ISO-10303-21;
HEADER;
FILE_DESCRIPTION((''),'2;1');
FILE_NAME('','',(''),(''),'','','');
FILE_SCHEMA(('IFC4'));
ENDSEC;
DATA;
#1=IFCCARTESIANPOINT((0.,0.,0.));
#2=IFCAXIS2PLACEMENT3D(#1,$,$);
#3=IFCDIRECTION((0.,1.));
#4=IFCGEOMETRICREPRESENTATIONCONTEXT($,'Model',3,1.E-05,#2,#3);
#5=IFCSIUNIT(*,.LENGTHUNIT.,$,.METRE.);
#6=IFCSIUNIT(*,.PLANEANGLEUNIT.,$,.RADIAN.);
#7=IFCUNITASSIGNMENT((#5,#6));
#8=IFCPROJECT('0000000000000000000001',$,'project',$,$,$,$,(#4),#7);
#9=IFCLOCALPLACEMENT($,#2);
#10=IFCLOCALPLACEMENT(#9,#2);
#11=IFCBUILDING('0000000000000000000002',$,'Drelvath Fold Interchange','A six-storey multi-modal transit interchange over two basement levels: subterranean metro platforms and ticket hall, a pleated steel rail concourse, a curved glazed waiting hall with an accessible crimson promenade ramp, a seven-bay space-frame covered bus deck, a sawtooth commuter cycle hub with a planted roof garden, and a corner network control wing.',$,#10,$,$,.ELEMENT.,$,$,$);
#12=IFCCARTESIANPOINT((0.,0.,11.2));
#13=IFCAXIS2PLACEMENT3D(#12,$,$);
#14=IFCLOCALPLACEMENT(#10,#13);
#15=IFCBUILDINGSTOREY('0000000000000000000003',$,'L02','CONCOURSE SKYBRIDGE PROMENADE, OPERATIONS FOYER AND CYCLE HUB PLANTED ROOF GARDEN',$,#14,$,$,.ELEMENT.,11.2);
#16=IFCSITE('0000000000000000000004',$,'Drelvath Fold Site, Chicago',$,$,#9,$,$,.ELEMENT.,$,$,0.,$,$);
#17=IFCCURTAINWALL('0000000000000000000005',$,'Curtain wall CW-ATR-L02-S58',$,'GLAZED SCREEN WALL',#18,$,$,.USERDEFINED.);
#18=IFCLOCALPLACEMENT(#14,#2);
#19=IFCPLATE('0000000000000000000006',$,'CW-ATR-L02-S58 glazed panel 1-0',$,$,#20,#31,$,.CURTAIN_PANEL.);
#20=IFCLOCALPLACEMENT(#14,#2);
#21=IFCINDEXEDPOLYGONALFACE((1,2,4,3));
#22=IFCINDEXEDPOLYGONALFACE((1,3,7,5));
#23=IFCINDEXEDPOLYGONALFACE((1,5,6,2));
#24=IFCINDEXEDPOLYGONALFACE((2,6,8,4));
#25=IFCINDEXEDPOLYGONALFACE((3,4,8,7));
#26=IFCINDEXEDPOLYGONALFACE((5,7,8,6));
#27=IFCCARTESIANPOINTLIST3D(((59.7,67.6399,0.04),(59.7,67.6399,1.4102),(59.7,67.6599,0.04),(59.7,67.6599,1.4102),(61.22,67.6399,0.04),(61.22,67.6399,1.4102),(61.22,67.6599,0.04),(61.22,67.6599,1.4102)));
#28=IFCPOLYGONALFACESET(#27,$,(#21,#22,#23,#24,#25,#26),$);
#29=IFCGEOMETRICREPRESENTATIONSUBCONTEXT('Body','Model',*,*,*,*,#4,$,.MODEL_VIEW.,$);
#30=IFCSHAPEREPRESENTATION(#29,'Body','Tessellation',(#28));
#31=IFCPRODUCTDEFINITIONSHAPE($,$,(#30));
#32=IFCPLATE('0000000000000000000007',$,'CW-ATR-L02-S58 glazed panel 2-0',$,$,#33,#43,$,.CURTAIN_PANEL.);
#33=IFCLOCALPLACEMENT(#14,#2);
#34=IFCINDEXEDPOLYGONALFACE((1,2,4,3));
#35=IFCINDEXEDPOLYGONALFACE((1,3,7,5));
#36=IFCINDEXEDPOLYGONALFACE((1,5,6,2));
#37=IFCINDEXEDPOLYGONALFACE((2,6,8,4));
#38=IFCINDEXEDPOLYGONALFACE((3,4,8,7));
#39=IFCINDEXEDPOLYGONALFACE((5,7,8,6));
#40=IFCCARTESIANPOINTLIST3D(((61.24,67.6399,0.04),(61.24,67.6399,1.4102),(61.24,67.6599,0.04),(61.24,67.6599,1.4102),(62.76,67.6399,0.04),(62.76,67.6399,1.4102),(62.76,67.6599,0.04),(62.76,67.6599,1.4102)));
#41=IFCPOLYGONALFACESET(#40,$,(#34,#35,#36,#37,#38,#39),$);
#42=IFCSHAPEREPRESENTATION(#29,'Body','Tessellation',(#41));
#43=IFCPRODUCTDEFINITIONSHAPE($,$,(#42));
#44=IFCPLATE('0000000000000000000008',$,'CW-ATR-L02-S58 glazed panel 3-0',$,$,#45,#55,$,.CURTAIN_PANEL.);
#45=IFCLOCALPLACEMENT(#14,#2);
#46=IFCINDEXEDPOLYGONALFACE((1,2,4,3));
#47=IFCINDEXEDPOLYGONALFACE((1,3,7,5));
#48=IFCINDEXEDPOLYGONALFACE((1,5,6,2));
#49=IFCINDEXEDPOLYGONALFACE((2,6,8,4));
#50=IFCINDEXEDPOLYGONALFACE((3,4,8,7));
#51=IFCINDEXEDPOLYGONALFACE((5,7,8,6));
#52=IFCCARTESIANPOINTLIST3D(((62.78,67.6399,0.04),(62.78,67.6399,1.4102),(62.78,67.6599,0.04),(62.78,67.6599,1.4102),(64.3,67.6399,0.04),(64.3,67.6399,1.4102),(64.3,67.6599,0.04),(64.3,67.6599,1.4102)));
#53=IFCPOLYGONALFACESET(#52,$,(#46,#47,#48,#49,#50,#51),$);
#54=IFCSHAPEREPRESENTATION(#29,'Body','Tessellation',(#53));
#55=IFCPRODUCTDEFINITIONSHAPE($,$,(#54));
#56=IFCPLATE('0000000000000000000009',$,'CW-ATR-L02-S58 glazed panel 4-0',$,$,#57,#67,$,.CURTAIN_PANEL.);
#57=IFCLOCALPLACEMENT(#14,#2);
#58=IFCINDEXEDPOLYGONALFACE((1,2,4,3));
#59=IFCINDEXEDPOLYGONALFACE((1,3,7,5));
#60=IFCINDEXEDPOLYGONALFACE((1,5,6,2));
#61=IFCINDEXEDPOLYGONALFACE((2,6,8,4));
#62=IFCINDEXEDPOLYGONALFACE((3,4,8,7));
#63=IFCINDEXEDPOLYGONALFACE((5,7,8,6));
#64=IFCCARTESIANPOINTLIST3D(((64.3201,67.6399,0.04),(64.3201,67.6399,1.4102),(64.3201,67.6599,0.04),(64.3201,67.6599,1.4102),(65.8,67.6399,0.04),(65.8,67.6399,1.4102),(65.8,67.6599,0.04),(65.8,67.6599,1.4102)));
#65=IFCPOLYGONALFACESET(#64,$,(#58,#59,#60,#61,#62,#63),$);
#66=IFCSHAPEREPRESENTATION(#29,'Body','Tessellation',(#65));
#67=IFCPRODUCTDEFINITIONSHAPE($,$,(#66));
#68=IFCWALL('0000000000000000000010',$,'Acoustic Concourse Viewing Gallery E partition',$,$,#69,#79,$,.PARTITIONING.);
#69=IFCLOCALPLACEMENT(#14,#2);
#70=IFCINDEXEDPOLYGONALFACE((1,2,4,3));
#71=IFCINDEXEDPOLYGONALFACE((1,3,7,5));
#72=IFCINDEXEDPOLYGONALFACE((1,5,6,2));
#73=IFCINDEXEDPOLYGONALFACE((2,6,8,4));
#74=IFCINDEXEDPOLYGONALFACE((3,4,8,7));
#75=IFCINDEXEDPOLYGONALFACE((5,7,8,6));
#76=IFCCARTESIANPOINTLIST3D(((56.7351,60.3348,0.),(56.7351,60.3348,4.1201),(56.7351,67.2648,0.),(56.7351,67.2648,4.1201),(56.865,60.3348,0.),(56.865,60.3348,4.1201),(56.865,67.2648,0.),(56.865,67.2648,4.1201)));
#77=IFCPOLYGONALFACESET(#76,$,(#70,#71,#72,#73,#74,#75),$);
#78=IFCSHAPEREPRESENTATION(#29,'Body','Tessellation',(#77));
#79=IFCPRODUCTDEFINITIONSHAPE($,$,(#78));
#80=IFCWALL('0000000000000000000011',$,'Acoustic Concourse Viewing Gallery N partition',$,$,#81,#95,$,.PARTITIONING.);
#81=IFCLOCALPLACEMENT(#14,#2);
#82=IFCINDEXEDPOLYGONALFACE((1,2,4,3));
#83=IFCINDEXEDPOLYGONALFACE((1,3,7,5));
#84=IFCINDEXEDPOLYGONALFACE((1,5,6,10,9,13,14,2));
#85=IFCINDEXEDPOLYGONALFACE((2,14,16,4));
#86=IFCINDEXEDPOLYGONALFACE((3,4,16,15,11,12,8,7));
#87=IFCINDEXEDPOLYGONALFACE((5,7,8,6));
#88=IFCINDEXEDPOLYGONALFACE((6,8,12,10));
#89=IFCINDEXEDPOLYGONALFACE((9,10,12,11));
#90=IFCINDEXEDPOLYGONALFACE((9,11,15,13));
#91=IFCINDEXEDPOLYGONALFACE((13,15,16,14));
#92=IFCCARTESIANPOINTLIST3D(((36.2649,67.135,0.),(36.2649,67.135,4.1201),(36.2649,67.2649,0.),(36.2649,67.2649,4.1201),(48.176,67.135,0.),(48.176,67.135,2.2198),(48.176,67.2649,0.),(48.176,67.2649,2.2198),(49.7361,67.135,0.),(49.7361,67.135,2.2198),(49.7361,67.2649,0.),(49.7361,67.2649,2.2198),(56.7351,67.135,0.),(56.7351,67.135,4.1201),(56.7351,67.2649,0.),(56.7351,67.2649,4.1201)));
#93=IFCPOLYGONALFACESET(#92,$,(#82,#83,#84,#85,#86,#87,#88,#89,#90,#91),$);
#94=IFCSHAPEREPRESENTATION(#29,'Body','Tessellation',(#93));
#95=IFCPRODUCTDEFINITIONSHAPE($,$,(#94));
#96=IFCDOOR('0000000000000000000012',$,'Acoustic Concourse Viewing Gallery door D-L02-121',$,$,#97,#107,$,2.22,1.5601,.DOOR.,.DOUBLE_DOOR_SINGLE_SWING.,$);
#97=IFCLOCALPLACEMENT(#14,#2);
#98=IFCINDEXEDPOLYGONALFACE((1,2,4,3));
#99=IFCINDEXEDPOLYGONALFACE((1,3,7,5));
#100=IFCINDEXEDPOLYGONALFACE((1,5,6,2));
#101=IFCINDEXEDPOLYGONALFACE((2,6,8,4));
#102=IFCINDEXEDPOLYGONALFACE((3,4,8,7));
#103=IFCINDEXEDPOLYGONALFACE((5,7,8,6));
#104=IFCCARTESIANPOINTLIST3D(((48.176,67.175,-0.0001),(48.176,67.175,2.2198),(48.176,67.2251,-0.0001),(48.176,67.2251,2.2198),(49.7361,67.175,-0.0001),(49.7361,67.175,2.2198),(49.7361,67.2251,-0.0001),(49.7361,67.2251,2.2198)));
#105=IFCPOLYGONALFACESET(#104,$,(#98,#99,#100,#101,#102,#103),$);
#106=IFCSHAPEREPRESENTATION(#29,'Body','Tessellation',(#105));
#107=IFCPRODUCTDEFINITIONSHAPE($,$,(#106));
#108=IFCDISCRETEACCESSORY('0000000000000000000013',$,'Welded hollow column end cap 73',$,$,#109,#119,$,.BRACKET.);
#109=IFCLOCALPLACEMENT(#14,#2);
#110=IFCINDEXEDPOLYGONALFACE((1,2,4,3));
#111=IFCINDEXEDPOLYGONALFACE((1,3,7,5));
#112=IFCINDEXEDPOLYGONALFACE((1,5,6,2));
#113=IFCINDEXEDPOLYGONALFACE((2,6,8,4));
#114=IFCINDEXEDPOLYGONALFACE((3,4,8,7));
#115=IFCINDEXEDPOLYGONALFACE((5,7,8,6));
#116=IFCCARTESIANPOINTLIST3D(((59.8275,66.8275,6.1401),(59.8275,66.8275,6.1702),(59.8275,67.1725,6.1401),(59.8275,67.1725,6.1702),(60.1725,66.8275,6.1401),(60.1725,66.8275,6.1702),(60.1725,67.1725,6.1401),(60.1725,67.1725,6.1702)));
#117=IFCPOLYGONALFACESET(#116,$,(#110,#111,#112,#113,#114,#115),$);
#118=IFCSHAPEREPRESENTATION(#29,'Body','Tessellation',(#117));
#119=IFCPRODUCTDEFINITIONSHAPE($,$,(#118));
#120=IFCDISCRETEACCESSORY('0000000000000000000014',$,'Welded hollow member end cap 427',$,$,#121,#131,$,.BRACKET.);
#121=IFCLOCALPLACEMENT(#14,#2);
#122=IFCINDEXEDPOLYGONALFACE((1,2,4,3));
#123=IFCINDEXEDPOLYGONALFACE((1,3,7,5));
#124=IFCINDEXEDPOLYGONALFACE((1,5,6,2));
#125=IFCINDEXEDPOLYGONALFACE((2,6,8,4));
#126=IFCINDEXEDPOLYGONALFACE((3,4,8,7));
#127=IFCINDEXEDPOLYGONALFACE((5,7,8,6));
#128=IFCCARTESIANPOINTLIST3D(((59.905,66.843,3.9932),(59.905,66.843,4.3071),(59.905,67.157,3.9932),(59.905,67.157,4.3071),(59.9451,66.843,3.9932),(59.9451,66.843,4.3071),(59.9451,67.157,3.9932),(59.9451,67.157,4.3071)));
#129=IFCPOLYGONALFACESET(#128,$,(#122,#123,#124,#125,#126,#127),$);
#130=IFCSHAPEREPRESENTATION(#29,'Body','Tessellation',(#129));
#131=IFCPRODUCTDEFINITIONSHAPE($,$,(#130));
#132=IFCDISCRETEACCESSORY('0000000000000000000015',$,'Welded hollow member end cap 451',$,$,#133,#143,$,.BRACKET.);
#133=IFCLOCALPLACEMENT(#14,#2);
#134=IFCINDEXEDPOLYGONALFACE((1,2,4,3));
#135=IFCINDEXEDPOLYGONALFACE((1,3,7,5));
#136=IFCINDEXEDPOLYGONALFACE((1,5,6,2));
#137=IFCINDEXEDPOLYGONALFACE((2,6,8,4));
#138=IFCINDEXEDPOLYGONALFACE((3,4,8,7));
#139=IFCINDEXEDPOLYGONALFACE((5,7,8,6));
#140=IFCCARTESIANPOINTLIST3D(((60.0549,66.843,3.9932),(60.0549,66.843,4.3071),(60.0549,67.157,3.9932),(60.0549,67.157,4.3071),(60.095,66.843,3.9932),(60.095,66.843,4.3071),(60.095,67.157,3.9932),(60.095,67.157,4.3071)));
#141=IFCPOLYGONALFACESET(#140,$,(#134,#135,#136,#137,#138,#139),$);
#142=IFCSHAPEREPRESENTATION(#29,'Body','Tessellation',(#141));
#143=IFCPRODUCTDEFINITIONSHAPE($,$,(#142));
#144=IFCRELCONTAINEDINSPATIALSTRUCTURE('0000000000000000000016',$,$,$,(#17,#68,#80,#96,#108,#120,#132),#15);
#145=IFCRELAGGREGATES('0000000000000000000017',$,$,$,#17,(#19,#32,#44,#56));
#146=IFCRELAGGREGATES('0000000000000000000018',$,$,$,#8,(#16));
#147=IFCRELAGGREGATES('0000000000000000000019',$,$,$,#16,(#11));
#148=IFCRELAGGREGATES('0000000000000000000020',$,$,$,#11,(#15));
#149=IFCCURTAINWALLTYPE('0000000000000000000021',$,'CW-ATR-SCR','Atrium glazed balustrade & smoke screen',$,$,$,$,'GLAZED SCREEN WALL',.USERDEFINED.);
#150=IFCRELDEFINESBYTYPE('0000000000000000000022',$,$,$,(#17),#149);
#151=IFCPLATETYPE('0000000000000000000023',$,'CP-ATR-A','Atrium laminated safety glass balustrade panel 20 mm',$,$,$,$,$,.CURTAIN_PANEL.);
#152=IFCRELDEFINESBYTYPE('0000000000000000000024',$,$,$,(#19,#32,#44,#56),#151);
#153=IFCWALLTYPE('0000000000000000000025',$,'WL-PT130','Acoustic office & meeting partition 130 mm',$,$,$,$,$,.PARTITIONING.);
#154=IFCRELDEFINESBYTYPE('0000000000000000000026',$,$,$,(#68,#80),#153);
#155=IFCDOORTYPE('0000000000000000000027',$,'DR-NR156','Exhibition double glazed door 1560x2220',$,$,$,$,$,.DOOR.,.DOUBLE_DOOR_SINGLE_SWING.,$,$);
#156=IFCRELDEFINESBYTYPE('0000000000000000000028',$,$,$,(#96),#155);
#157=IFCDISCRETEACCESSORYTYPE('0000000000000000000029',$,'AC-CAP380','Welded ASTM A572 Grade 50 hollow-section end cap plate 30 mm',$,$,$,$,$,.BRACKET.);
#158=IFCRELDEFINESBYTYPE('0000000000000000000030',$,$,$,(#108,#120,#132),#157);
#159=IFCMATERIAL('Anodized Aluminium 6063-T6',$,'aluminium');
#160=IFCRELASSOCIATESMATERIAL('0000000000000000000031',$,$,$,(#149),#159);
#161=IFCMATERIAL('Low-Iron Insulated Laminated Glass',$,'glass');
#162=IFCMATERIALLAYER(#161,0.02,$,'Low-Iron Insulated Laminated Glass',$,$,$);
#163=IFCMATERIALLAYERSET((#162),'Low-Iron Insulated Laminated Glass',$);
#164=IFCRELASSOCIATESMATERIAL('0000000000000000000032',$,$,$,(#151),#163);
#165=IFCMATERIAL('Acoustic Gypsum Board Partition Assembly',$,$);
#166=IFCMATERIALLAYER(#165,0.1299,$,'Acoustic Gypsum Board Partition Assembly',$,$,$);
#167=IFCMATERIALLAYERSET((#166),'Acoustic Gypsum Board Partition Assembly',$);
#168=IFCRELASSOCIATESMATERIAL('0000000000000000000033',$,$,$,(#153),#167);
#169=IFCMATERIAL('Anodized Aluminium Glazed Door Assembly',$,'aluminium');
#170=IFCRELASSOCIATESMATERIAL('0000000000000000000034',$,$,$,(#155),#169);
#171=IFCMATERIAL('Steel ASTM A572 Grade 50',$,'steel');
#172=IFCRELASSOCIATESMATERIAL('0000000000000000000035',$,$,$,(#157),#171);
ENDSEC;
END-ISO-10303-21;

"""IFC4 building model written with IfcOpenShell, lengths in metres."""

from ifc_helpers import new_model, si_unit, direction, frame, frame_2d, origin, origin_2d, place, context, subcontext, project, spatial, rectangle, extrude, material, layer, layer_set, type_object, element, fill, aggregate, save


model = new_model("IFC4")

# Units and contexts
model_context = context("Model", 3, precision=1e-05, world=origin(), true_north=direction((0.0, 1.0)))
body_context = subcontext(model_context, "Body", "Model", "MODEL_VIEW")
ifc_project = project(units=[si_unit("LENGTHUNIT", "METRE"), si_unit("PLANEANGLEUNIT", "RADIAN")], contexts=[model_context])

# Site, building, storey
site_placement = place(None, origin())
site = spatial("IfcSite", under=ifc_project, at=site_placement, Name="Drelvath Fold Site, Chicago", CompositionType="ELEMENT", RefElevation=0.0)
building_placement = place(site_placement, origin())
building = spatial("IfcBuilding", under=site, at=building_placement, Name="Drelvath Fold Interchange", Description="A six-storey multi-modal transit interchange over two basement levels: subterranean metro platforms and ticket hall, a pleated steel rail concourse, a curved glazed waiting hall with an accessible crimson promenade ramp, a seven-bay space-frame covered bus deck, a sawtooth commuter cycle hub with a planted roof garden, and a corner network control wing.", CompositionType="ELEMENT")
storey_placement = place(building_placement, frame((0.0, 0.0, 11.2)))
storey = spatial("IfcBuildingStorey", under=building, at=storey_placement, Name="L02", Description="CONCOURSE SKYBRIDGE PROMENADE, OPERATIONS FOYER AND CYCLE HUB PLANTED ROOF GARDEN", CompositionType="ELEMENT", Elevation=11.2)

# Curtain wall
ifc_material_1 = material(Name="Anodized Aluminium 6063-T6", Category="aluminium")
curtain_wall_type = type_object("IfcCurtainWallType", Name="CW-ATR-SCR", Description="Atrium glazed balustrade & smoke screen", ElementType="GLAZED SCREEN WALL", PredefinedType="USERDEFINED", material=ifc_material_1)
curtain_wall_1_placement = place(storey_placement, origin())
curtain_wall_1 = element("IfcCurtainWall", 1, at=curtain_wall_1_placement, inside=storey, type_object=curtain_wall_type, Name="Curtain wall CW-ATR-L02-S58", ObjectType="GLAZED SCREEN WALL", PredefinedType="USERDEFINED")

# Plates
ifc_material_2 = material(Name="Low-Iron Insulated Laminated Glass", Category="glass")
ifc_layer_1 = layer(ifc_material_2, 0.02, Name="Low-Iron Insulated Laminated Glass")
ifc_layer_set_1 = layer_set([ifc_layer_1], Name="Low-Iron Insulated Laminated Glass")
plate_type = type_object("IfcPlateType", Name="CP-ATR-A", Description="Atrium laminated safety glass balustrade panel 20 mm", PredefinedType="CURTAIN_PANEL", material=ifc_layer_set_1)
plate_1_placement = place(storey_placement, frame((60.46, 67.6499, 0.04), z_axis=(0.0, 0.0, 1.0), x_axis=(1.0, 0.0, 0.0)))
plate_1 = element("IfcPlate", 2, at=plate_1_placement, type_object=plate_type, Name="CW-ATR-L02-S58 glazed panel 1-0", PredefinedType="CURTAIN_PANEL", context=body_context, shape_type="SweptSolid", body=[
    extrude(rectangle(XDim=1.52, YDim=0.02, at=origin_2d()), origin(), (0.0, 0.0, 1.0), 1.3701),
])
plate_2_placement = place(storey_placement, frame((62.0, 67.6499, 0.04), z_axis=(0.0, 0.0, 1.0), x_axis=(1.0, 0.0, 0.0)))
plate_2 = element("IfcPlate", 3, at=plate_2_placement, type_object=plate_type, Name="CW-ATR-L02-S58 glazed panel 2-0", PredefinedType="CURTAIN_PANEL", context=body_context, shape_type="SweptSolid", body=[
    extrude(rectangle(XDim=1.52, YDim=0.02, at=origin_2d()), origin(), (0.0, 0.0, 1.0), 1.3701),
])
plate_3_placement = place(storey_placement, frame((63.54, 67.6499, 0.04), z_axis=(0.0, 0.0, 1.0), x_axis=(1.0, 0.0, 0.0)))
plate_3 = element("IfcPlate", 4, at=plate_3_placement, type_object=plate_type, Name="CW-ATR-L02-S58 glazed panel 3-0", PredefinedType="CURTAIN_PANEL", context=body_context, shape_type="SweptSolid", body=[
    extrude(rectangle(XDim=1.52, YDim=0.02, at=origin_2d()), origin(), (0.0, 0.0, 1.0), 1.3701),
])
plate_4_placement = place(storey_placement, frame((65.0601, 67.6499, 0.04), z_axis=(0.0, 0.0, 1.0), x_axis=(1.0, 0.0, 0.0)))
plate_4 = element("IfcPlate", 5, at=plate_4_placement, type_object=plate_type, Name="CW-ATR-L02-S58 glazed panel 4-0", PredefinedType="CURTAIN_PANEL", context=body_context, shape_type="SweptSolid", body=[
    extrude(rectangle(XDim=1.48, YDim=0.02, at=origin_2d()), origin(), (0.0, 0.0, 1.0), 1.3701),
])
aggregate(curtain_wall_1, [plate_1, plate_2, plate_3, plate_4])

# Wall
ifc_material_3 = material(Name="Acoustic Gypsum Board Partition Assembly")
ifc_layer_2 = layer(ifc_material_3, 0.1299, Name="Acoustic Gypsum Board Partition Assembly")
ifc_layer_set_2 = layer_set([ifc_layer_2], Name="Acoustic Gypsum Board Partition Assembly")
wall_type = type_object("IfcWallType", Name="WL-PT130", Description="Acoustic office & meeting partition 130 mm", PredefinedType="PARTITIONING", material=ifc_layer_set_2)
wall_1_placement = place(storey_placement, frame((56.8, 60.335, 0.0), z_axis=(0.0, 0.0, 1.0), x_axis=(0.0, 1.0, 0.0)))
element("IfcWall", 6, at=wall_1_placement, inside=storey, type_object=wall_type, Name="Acoustic Concourse Viewing Gallery E partition", PredefinedType="PARTITIONING", context=body_context, shape_type="SweptSolid", body=[
    extrude(rectangle(XDim=6.9299, YDim=0.1299, at=frame_2d((3.4648, 0.0))), origin(), (0.0, 0.0, 1.0), 4.1201),
])

# Wall, opening, door
wall_2_placement = place(storey_placement, frame((56.7351, 67.2, 0.0), z_axis=(0.0, 0.0, 1.0), x_axis=(-1.0, 0.0, 0.0)))
wall_2 = element("IfcWall", 7, at=wall_2_placement, inside=storey, type_object=wall_type, Name="Acoustic Concourse Viewing Gallery N partition", PredefinedType="PARTITIONING", context=body_context, shape_type="SweptSolid", body=[
    extrude(rectangle(XDim=20.4702, YDim=0.1299, at=frame_2d((10.2351, 0.0))), origin(), (0.0, 0.0, 1.0), 4.1201),
])
opening_placement = place(wall_2_placement, frame((6.999, 0.0, 0.0)))
opening = element("IfcOpeningElement", 8, at=opening_placement, cuts=wall_2, PredefinedType="OPENING", context=body_context, shape_type="SweptSolid", body=[
    extrude(rectangle(XDim=1.5601, YDim=2.22, at=frame_2d((0.78, 1.1099))), frame((0.0, 0.075, 0.0), z_axis=(0.0, -1.0, 0.0), x_axis=(1.0, 0.0, 0.0)), (0.0, 0.0, 1.0), 0.1499),
])
ifc_material_4 = material(Name="Anodized Aluminium Glazed Door Assembly", Category="aluminium")
door_type = type_object("IfcDoorType", Name="DR-NR156", Description="Exhibition double glazed door 1560x2220", OperationType="DOUBLE_DOOR_SINGLE_SWING", PredefinedType="DOOR", material=ifc_material_4)
door_placement = place(opening_placement, origin())
door = element("IfcDoor", 9, at=door_placement, inside=storey, type_object=door_type, Name="Acoustic Concourse Viewing Gallery door D-L02-121", OperationType="DOUBLE_DOOR_SINGLE_SWING", OverallHeight=2.22, OverallWidth=1.5601, PredefinedType="DOOR", context=body_context, shape_type="SweptSolid", body=[
    extrude(rectangle(XDim=1.5601, YDim=2.22, at=frame_2d((0.78, 1.1099))), frame((0.0, 0.0249, 0.0), z_axis=(0.0, -1.0, 0.0), x_axis=(1.0, 0.0, 0.0)), (0.0, 0.0, 1.0), 0.05),
])
fill(opening, door)

# Discrete accessories
ifc_material_5 = material(Name="Steel ASTM A572 Grade 50", Category="steel")
discrete_accessory_type = type_object("IfcDiscreteAccessoryType", Name="AC-CAP380", Description="Welded ASTM A572 Grade 50 hollow-section end cap plate 30 mm", PredefinedType="BRACKET", material=ifc_material_5)
discrete_accessory_placement = place(storey_placement, frame((60.0, 67.0, 6.1401), z_axis=(0.0, 0.0, 1.0), x_axis=(1.0, 0.0, 0.0)))
element("IfcDiscreteAccessory", 10, at=discrete_accessory_placement, inside=storey, type_object=discrete_accessory_type, Name="Welded hollow column end cap 73", PredefinedType="BRACKET", context=body_context, shape_type="SweptSolid", body=[
    extrude(rectangle(XDim=0.345, YDim=0.345, at=origin_2d()), origin(), (0.0, 0.0, 1.0), 0.03),
])
for number, where, z_axis, x_axis, name in (
    (11, (59.925, 67.0, 3.9932), (0.0, 0.0, 1.0), (1.0, 0.0, 0.0), "Welded hollow member end cap 427"),
    (12, (60.075, 67.0, 3.9932), (0.0, 0.0, 1.0), (1.0, 0.0, 0.0), "Welded hollow member end cap 451"),
):
    element("IfcDiscreteAccessory", number, at=place(storey_placement, frame(where, z_axis=z_axis, x_axis=x_axis)), inside=storey, type_object=discrete_accessory_type, Name=name, PredefinedType="BRACKET", context=body_context, shape_type="SweptSolid", body=[
        extrude(rectangle(XDim=0.04, YDim=0.314, at=origin_2d()), origin(), (0.0, 0.0, 1.0), 0.314),
    ])

save(model, "model.ifc")
